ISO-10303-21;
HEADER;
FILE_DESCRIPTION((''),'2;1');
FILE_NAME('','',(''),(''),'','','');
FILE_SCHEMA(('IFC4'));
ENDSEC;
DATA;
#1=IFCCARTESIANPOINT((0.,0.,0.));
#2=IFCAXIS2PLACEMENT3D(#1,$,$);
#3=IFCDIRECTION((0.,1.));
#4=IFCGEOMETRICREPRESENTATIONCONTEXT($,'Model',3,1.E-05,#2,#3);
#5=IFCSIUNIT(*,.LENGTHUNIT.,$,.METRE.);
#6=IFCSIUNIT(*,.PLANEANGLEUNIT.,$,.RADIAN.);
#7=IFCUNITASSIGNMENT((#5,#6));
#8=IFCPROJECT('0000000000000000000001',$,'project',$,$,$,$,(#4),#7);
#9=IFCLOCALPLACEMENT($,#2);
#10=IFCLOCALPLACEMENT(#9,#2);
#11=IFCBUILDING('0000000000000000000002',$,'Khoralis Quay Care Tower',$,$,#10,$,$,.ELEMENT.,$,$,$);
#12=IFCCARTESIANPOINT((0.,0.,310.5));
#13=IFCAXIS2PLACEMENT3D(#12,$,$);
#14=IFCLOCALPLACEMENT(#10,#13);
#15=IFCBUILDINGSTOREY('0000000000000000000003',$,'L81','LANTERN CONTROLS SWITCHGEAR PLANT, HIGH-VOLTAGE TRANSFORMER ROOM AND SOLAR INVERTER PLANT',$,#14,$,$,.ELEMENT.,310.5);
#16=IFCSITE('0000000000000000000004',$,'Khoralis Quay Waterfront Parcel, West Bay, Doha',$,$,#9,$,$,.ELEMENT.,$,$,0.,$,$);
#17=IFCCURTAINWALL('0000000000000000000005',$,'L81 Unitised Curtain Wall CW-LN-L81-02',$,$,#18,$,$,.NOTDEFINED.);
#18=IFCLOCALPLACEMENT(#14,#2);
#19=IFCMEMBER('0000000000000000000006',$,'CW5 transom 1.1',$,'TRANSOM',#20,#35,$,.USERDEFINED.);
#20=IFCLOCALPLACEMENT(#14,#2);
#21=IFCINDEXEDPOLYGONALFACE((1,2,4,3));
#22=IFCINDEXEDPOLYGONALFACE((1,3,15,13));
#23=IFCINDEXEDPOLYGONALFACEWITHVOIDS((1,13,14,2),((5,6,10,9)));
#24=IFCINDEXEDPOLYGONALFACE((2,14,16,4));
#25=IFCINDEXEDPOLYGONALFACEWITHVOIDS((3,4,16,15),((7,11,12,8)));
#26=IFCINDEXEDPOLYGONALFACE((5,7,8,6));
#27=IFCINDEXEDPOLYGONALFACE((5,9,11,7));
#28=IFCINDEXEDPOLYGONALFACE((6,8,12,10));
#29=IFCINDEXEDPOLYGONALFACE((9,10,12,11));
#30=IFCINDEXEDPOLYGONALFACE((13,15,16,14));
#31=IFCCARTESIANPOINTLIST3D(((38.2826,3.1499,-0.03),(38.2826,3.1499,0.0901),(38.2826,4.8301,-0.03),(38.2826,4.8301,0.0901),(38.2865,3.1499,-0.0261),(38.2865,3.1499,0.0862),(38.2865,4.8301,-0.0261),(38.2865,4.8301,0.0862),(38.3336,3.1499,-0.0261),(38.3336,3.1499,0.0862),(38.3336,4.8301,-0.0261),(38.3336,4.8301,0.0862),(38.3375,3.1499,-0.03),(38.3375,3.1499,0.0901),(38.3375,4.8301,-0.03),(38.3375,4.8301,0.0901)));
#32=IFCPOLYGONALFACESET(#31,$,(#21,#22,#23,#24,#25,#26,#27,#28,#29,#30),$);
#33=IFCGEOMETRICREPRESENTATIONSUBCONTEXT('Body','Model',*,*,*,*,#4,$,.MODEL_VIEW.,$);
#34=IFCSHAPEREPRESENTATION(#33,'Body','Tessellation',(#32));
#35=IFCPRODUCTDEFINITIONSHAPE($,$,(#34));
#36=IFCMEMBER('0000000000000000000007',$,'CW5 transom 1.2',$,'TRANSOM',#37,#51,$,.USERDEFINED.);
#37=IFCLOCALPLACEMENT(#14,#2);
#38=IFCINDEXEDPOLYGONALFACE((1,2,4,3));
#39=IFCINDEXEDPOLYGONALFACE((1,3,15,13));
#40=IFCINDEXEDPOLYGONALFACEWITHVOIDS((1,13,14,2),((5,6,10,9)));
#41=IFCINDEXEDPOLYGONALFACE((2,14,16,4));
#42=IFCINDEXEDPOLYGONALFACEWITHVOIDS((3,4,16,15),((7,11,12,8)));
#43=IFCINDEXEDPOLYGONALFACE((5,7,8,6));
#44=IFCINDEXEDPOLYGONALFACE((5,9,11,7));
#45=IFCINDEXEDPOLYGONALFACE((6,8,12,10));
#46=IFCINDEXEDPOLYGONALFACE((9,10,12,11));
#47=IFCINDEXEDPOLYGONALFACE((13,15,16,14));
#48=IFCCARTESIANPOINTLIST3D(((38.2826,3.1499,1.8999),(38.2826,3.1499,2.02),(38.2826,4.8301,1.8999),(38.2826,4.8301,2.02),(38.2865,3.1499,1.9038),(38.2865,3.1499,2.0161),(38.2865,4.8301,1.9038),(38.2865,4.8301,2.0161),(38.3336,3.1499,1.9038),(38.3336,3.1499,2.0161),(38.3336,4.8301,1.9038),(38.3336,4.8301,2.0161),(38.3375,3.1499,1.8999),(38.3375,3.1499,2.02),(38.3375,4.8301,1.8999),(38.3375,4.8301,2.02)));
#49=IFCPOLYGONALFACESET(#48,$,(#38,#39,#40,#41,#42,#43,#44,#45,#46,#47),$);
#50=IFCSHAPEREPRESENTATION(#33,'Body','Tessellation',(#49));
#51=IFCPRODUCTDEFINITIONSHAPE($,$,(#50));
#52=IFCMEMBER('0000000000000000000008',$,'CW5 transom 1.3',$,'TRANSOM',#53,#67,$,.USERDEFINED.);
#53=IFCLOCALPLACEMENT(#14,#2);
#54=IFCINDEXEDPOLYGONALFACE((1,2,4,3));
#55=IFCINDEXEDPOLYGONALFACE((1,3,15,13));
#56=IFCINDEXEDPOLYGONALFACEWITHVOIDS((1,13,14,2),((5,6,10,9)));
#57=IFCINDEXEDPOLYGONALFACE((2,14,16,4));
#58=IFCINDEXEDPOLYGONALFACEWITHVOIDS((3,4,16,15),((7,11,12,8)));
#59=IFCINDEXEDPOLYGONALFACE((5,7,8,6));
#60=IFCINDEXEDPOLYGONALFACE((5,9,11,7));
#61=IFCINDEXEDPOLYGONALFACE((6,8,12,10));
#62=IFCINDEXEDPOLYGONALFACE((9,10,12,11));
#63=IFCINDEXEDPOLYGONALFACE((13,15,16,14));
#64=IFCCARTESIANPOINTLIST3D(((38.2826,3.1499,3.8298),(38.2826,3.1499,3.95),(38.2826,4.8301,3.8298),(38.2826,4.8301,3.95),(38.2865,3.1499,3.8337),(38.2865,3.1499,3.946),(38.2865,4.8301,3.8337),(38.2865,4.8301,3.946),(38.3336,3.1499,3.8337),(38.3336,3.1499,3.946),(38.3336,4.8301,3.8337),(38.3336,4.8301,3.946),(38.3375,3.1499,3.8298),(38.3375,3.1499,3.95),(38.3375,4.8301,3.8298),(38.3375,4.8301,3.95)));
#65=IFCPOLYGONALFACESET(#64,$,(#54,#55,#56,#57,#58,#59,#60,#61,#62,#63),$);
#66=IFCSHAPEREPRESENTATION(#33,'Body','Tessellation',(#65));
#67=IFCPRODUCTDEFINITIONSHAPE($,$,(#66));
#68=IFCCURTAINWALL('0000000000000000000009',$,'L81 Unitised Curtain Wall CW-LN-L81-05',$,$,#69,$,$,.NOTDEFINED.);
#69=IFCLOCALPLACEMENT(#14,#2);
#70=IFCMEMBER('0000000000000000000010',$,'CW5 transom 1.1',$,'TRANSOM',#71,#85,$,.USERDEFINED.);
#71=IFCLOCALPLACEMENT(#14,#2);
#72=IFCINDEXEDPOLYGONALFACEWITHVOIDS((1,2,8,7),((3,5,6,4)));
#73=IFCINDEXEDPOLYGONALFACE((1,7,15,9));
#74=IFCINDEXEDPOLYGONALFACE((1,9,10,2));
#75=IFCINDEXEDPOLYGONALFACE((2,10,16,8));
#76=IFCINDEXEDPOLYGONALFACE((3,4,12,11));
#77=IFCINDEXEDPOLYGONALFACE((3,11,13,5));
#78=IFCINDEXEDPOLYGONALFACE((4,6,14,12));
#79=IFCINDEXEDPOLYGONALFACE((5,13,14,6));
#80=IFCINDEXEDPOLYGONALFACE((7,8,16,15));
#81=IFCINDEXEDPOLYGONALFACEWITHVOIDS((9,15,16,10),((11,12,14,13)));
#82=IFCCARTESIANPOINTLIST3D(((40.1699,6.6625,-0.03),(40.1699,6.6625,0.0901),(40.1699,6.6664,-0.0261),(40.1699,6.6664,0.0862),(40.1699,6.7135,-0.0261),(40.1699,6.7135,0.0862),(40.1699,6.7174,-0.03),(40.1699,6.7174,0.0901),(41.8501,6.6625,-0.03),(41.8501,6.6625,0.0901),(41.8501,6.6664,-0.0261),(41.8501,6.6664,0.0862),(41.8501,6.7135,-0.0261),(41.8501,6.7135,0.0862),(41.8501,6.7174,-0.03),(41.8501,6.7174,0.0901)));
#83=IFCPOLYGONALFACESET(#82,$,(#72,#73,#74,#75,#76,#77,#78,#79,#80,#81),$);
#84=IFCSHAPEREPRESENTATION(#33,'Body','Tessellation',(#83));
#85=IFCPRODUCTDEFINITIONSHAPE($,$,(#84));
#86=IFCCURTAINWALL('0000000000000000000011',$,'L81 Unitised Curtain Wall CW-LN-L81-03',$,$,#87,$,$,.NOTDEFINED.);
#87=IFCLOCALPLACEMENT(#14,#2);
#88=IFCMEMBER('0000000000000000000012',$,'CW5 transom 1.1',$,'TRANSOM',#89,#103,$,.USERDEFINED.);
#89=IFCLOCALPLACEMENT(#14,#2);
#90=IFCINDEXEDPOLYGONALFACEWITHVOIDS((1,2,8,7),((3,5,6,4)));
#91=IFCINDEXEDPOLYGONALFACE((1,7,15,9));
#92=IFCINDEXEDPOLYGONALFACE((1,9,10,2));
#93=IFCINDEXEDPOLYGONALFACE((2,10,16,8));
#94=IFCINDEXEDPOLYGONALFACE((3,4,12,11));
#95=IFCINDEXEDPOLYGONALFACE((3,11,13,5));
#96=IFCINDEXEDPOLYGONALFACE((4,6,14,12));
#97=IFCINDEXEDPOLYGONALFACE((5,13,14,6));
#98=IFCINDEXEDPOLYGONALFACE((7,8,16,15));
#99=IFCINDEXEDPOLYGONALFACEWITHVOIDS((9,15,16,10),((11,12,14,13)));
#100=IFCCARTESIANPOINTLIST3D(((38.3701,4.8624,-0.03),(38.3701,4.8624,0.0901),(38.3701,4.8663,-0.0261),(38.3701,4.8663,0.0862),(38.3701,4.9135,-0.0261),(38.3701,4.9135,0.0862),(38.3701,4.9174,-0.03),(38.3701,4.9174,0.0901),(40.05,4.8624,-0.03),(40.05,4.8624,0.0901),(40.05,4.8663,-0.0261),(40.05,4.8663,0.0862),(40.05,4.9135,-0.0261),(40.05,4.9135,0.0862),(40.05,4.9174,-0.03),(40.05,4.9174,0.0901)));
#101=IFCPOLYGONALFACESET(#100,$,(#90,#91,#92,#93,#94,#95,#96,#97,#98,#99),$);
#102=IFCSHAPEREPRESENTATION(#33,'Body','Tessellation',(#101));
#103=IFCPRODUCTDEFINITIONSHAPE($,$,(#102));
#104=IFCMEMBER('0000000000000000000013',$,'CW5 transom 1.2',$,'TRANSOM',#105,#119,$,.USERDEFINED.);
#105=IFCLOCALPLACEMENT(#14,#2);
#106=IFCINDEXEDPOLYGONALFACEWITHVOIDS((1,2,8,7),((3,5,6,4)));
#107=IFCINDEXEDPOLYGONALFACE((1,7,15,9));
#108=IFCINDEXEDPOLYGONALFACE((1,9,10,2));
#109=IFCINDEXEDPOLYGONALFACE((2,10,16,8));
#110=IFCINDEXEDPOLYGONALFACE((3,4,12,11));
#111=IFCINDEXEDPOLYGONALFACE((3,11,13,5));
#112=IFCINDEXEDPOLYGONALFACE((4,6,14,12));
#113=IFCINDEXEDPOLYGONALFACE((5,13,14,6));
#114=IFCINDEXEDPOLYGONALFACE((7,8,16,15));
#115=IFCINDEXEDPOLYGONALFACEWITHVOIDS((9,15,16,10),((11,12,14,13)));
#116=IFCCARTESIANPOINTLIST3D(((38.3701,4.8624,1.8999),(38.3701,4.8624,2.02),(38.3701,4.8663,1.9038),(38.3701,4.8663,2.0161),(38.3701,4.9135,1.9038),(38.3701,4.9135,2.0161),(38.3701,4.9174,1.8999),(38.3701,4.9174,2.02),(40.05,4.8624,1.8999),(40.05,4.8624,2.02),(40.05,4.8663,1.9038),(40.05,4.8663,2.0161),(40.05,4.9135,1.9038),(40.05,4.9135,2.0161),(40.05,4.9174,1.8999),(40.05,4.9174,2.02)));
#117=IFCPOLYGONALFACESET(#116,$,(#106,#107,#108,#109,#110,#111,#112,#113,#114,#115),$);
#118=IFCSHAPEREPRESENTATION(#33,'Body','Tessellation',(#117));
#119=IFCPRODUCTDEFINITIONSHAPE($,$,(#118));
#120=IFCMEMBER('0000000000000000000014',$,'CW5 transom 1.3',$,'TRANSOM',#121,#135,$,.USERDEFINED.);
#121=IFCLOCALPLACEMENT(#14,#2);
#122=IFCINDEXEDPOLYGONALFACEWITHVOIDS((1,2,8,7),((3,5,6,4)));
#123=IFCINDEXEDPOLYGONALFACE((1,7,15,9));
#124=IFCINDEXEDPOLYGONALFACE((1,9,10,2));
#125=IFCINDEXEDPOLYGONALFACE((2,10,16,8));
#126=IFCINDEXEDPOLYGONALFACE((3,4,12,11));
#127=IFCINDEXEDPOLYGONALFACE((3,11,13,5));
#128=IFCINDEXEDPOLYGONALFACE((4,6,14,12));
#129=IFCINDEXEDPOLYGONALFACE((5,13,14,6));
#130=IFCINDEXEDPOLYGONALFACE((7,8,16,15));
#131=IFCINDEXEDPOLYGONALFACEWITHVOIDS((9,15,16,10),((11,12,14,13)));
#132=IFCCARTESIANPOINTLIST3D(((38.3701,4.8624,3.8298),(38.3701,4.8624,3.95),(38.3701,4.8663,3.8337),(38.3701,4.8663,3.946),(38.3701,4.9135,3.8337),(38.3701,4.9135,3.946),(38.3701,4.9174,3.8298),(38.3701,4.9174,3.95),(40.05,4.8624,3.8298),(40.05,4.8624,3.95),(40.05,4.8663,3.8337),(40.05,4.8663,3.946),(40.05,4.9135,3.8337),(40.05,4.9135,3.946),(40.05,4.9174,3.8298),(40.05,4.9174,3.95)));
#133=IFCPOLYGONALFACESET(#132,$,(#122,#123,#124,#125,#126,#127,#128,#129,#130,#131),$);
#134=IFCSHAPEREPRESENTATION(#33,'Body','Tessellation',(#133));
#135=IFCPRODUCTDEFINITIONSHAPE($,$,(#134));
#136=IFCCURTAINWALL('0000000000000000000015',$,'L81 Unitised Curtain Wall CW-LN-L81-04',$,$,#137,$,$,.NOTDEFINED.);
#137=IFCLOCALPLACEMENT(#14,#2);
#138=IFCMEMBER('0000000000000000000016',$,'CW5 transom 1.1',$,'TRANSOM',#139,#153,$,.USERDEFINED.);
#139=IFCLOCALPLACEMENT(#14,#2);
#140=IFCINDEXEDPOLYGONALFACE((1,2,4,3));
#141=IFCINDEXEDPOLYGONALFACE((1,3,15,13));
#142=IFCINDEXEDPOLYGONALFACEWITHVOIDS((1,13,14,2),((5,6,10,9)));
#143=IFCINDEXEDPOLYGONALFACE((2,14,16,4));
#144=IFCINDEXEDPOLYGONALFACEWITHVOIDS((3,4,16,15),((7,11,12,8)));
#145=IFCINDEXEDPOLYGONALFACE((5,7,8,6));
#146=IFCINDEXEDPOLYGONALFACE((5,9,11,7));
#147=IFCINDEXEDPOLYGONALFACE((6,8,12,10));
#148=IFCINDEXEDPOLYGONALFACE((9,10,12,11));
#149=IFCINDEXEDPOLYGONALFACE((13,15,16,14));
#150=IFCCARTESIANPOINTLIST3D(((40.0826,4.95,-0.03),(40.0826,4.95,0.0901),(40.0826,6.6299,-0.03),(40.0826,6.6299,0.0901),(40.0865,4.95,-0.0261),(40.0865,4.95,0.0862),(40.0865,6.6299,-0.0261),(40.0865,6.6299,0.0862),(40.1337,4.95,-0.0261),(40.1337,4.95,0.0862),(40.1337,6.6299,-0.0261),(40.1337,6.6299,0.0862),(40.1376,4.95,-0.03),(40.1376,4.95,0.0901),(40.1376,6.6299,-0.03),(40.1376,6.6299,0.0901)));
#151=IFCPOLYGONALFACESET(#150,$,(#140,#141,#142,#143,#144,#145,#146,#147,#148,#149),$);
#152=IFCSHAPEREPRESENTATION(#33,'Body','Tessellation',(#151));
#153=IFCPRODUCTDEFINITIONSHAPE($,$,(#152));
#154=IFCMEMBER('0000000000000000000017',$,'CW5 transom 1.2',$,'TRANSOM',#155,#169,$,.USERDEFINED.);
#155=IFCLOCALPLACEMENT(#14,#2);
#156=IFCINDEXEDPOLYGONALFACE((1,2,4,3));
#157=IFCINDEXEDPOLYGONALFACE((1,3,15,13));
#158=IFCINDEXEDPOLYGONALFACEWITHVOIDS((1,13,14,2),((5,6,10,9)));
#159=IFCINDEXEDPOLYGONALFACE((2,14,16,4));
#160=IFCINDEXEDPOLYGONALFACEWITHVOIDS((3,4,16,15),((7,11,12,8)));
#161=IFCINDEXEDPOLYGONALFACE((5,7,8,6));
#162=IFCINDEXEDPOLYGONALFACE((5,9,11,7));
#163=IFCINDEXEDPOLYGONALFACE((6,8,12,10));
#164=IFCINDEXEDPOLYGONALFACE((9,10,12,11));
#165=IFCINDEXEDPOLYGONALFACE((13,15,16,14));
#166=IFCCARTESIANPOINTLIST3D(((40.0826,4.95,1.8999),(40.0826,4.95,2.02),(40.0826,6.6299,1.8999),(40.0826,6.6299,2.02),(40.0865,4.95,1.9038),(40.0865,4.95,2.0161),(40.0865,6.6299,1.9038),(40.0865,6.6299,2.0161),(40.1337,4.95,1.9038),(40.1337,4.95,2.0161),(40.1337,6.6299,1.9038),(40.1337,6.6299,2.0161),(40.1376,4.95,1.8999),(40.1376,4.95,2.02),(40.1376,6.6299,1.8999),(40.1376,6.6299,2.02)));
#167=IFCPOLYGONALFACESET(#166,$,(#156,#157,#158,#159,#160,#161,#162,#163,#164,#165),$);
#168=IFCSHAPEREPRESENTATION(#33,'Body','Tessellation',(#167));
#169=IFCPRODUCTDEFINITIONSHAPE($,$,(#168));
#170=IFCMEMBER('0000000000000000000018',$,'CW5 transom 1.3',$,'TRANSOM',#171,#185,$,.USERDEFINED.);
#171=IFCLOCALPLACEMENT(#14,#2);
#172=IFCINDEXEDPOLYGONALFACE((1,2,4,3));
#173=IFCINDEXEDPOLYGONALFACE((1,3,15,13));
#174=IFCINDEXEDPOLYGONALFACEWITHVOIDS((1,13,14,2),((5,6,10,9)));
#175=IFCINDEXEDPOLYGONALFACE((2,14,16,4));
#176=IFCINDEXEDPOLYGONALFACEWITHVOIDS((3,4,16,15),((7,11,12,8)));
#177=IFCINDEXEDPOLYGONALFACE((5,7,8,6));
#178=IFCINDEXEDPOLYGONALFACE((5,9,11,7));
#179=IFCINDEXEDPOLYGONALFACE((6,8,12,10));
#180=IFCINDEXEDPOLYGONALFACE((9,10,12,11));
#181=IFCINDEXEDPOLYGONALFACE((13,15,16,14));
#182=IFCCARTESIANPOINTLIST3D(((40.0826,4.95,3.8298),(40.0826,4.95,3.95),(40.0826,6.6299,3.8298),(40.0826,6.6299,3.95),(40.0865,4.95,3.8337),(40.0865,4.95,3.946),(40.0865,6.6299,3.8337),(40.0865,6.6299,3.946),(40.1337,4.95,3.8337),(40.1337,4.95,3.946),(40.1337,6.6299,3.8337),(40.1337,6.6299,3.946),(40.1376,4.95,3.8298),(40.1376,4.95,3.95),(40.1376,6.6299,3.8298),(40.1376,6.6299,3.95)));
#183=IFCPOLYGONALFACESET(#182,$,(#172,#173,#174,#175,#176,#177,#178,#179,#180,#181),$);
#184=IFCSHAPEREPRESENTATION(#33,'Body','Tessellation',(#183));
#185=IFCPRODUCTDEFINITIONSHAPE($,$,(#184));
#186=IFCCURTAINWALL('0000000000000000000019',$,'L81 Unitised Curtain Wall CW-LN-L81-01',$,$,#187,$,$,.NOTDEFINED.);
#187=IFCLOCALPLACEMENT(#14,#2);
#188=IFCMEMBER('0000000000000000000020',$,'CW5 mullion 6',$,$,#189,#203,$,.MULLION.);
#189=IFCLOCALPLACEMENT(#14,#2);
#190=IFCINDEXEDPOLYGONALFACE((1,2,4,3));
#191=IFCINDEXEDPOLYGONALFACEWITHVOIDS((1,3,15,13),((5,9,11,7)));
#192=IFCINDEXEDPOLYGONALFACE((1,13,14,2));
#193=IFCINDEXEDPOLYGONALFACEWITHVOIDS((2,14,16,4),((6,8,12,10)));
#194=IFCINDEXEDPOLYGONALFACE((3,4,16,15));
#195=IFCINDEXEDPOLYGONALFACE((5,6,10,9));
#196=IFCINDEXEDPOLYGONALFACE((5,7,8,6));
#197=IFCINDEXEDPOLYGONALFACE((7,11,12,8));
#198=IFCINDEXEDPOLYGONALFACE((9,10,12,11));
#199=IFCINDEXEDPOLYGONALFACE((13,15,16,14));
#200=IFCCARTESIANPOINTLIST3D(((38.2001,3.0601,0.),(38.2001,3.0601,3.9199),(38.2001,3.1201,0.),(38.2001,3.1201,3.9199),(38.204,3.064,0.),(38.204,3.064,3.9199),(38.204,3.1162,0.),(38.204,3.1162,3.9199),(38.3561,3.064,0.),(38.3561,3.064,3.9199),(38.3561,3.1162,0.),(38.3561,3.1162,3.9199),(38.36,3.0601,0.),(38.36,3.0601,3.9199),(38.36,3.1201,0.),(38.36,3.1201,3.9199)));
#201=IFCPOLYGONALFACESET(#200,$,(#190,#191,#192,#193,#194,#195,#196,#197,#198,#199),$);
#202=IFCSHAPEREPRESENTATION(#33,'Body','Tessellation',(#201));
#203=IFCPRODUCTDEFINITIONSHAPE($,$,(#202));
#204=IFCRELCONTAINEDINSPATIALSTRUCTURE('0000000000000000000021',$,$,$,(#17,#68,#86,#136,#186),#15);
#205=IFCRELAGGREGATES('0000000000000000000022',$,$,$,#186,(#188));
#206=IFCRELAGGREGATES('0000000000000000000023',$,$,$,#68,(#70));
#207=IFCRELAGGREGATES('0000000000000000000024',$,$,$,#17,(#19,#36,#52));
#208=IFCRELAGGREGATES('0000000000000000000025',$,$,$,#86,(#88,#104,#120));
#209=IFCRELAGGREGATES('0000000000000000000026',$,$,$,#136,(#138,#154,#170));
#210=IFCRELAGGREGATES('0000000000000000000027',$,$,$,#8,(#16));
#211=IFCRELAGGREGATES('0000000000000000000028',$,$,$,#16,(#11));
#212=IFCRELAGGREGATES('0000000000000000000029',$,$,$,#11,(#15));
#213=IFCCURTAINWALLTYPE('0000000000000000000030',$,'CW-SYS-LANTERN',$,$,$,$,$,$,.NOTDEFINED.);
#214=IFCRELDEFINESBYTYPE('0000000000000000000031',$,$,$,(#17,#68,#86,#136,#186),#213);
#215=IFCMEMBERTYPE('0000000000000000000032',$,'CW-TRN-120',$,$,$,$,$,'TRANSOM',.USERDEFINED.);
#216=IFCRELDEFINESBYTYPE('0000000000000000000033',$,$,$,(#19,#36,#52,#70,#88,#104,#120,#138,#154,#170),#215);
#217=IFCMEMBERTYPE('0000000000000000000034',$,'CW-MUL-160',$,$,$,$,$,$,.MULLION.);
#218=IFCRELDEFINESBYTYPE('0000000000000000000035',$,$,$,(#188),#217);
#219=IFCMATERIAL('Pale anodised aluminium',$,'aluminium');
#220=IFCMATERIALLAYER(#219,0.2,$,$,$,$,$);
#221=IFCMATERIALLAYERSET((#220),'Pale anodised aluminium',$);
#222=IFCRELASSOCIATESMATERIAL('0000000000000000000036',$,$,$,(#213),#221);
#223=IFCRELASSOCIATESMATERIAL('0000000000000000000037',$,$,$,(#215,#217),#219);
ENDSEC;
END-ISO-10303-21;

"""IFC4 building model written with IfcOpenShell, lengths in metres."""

from ifc_helpers import new_model, si_unit, direction, frame, origin, origin_2d, place, context, subcontext, project, spatial, hollow_rectangle, extrude, source, transform, mapped, material, layer, layer_set, material_profile, profile_set, type_object, element, aggregate, save


model = new_model("IFC4")

# Units and contexts
model_context = context("Model", 3, precision=1e-05, world=origin(), true_north=direction((0.0, 1.0)))
body_context = subcontext(model_context, "Body", "Model", "MODEL_VIEW")
ifc_project = project(units=[si_unit("LENGTHUNIT", "METRE"), si_unit("PLANEANGLEUNIT", "RADIAN")], contexts=[model_context])

# Site, building, storey
site_placement = place(None, origin())
site = spatial("IfcSite", under=ifc_project, at=site_placement, Name="Khoralis Quay Waterfront Parcel, West Bay, Doha", CompositionType="ELEMENT", RefElevation=0.0)
building_placement = place(site_placement, origin())
building = spatial("IfcBuilding", under=site, at=building_placement, Name="Khoralis Quay Care Tower", CompositionType="ELEMENT")
storey_placement = place(building_placement, frame((0.0, 0.0, 310.5)))
storey = spatial("IfcBuildingStorey", under=building, at=storey_placement, Name="L81", Description="LANTERN CONTROLS SWITCHGEAR PLANT, HIGH-VOLTAGE TRANSFORMER ROOM AND SOLAR INVERTER PLANT", CompositionType="ELEMENT", Elevation=310.5)

# Curtain wall, members
ifc_material_1 = material(Name="Pale anodised aluminium", Category="aluminium")
ifc_layer_1 = layer(ifc_material_1, 0.2)
ifc_layer_set_1 = layer_set([ifc_layer_1], Name="Pale anodised aluminium")
curtain_wall_type = type_object("IfcCurtainWallType", Name="CW-SYS-LANTERN", PredefinedType="NOTDEFINED", material=ifc_layer_set_1)
curtain_wall_1_placement = place(storey_placement, origin())
curtain_wall_1 = element("IfcCurtainWall", 1, at=curtain_wall_1_placement, inside=storey, type_object=curtain_wall_type, Name="L81 Unitised Curtain Wall CW-LN-L81-02", PredefinedType="NOTDEFINED")
ifc_material_profile_1 = material_profile(ifc_material_1, hollow_rectangle(XDim=0.0549, YDim=0.1201, WallThickness=0.0039, at=origin_2d()), Name="Pale anodised aluminium")
ifc_profile_set_1 = profile_set([ifc_material_profile_1], Name="Pale anodised aluminium")
member_type_1 = type_object("IfcMemberType", Name="CW-TRN-120", ElementType="TRANSOM", PredefinedType="USERDEFINED", material=ifc_profile_set_1)
shared_shape_1 = source(origin(), body_context, "Body", "SweptSolid", [
    extrude(hollow_rectangle(XDim=0.0549, YDim=0.1201, WallThickness=0.0039, at=origin_2d()), origin(), (0.0, 0.0, 1.0), 1.6802),
])
member_1_placement = place(storey_placement, frame((38.3101, 3.1499, 0.03), z_axis=(0.0, 1.0, 0.0), x_axis=(-1.0, 0.0, 0.0)))
member_1 = element("IfcMember", 2, at=member_1_placement, type_object=member_type_1, Name="CW5 transom 1.1", ObjectType="TRANSOM", PredefinedType="USERDEFINED", context=body_context, shape_type="MappedRepresentation", body=[
    mapped(shared_shape_1, transform((0.0, 0.0, 0.0), scale=1.0)),
])
member_2_placement = place(storey_placement, frame((38.3101, 3.1499, 1.96), z_axis=(0.0, 1.0, 0.0), x_axis=(-1.0, 0.0, 0.0)))
member_2 = element("IfcMember", 3, at=member_2_placement, type_object=member_type_1, Name="CW5 transom 1.2", ObjectType="TRANSOM", PredefinedType="USERDEFINED", context=body_context, shape_type="MappedRepresentation", body=[
    mapped(shared_shape_1, transform((0.0, 0.0, 0.0), scale=1.0)),
])
member_3_placement = place(storey_placement, frame((38.3101, 3.1499, 3.8899), z_axis=(0.0, 1.0, 0.0), x_axis=(-1.0, 0.0, 0.0)))
member_3 = element("IfcMember", 4, at=member_3_placement, type_object=member_type_1, Name="CW5 transom 1.3", ObjectType="TRANSOM", PredefinedType="USERDEFINED", context=body_context, shape_type="MappedRepresentation", body=[
    mapped(shared_shape_1, transform((0.0, 0.0, 0.0), scale=1.0)),
])

# Curtain wall, member
curtain_wall_2_placement = place(storey_placement, origin())
curtain_wall_2 = element("IfcCurtainWall", 5, at=curtain_wall_2_placement, inside=storey, type_object=curtain_wall_type, Name="L81 Unitised Curtain Wall CW-LN-L81-05", PredefinedType="NOTDEFINED")
member_4_placement = place(storey_placement, frame((40.1699, 6.6899, 0.03), z_axis=(1.0, 0.0, 0.0), x_axis=(0.0, 1.0, 0.0)))
member_4 = element("IfcMember", 6, at=member_4_placement, type_object=member_type_1, Name="CW5 transom 1.1", ObjectType="TRANSOM", PredefinedType="USERDEFINED", context=body_context, shape_type="MappedRepresentation", body=[
    mapped(shared_shape_1, transform((0.0, 0.0, 0.0), scale=1.0)),
])

# Curtain walls, members
curtain_wall_3_placement = place(storey_placement, origin())
curtain_wall_3 = element("IfcCurtainWall", 7, at=curtain_wall_3_placement, inside=storey, type_object=curtain_wall_type, Name="L81 Unitised Curtain Wall CW-LN-L81-03", PredefinedType="NOTDEFINED")
shared_shape_2 = source(origin(), body_context, "Body", "SweptSolid", [
    extrude(hollow_rectangle(XDim=0.0549, YDim=0.1201, WallThickness=0.0039, at=origin_2d()), origin(), (0.0, 0.0, 1.0), 1.6799),
])
member_5_placement = place(storey_placement, frame((38.3701, 4.8899, 0.03), z_axis=(1.0, 0.0, 0.0), x_axis=(0.0, 1.0, 0.0)))
member_5 = element("IfcMember", 8, at=member_5_placement, type_object=member_type_1, Name="CW5 transom 1.1", ObjectType="TRANSOM", PredefinedType="USERDEFINED", context=body_context, shape_type="MappedRepresentation", body=[
    mapped(shared_shape_2, transform((0.0, 0.0, 0.0), scale=1.0)),
])
member_6_placement = place(storey_placement, frame((38.3701, 4.8899, 1.96), z_axis=(1.0, 0.0, 0.0), x_axis=(0.0, 1.0, 0.0)))
member_6 = element("IfcMember", 9, at=member_6_placement, type_object=member_type_1, Name="CW5 transom 1.2", ObjectType="TRANSOM", PredefinedType="USERDEFINED", context=body_context, shape_type="MappedRepresentation", body=[
    mapped(shared_shape_2, transform((0.0, 0.0, 0.0), scale=1.0)),
])
member_7_placement = place(storey_placement, frame((38.3701, 4.8899, 3.8899), z_axis=(1.0, 0.0, 0.0), x_axis=(0.0, 1.0, 0.0)))
member_7 = element("IfcMember", 10, at=member_7_placement, type_object=member_type_1, Name="CW5 transom 1.3", ObjectType="TRANSOM", PredefinedType="USERDEFINED", context=body_context, shape_type="MappedRepresentation", body=[
    mapped(shared_shape_2, transform((0.0, 0.0, 0.0), scale=1.0)),
])
curtain_wall_4_placement = place(storey_placement, origin())
curtain_wall_4 = element("IfcCurtainWall", 11, at=curtain_wall_4_placement, inside=storey, type_object=curtain_wall_type, Name="L81 Unitised Curtain Wall CW-LN-L81-04", PredefinedType="NOTDEFINED")
member_8_placement = place(storey_placement, frame((40.1101, 4.95, 0.03), z_axis=(0.0, 1.0, 0.0), x_axis=(-1.0, 0.0, 0.0)))
member_8 = element("IfcMember", 12, at=member_8_placement, type_object=member_type_1, Name="CW5 transom 1.1", ObjectType="TRANSOM", PredefinedType="USERDEFINED", context=body_context, shape_type="MappedRepresentation", body=[
    mapped(shared_shape_2, transform((0.0, 0.0, 0.0), scale=1.0)),
])
member_9_placement = place(storey_placement, frame((40.1101, 4.95, 1.96), z_axis=(0.0, 1.0, 0.0), x_axis=(-1.0, 0.0, 0.0)))
member_9 = element("IfcMember", 13, at=member_9_placement, type_object=member_type_1, Name="CW5 transom 1.2", ObjectType="TRANSOM", PredefinedType="USERDEFINED", context=body_context, shape_type="MappedRepresentation", body=[
    mapped(shared_shape_2, transform((0.0, 0.0, 0.0), scale=1.0)),
])
member_10_placement = place(storey_placement, frame((40.1101, 4.95, 3.8899), z_axis=(0.0, 1.0, 0.0), x_axis=(-1.0, 0.0, 0.0)))
member_10 = element("IfcMember", 14, at=member_10_placement, type_object=member_type_1, Name="CW5 transom 1.3", ObjectType="TRANSOM", PredefinedType="USERDEFINED", context=body_context, shape_type="MappedRepresentation", body=[
    mapped(shared_shape_2, transform((0.0, 0.0, 0.0), scale=1.0)),
])

# Curtain wall, member
curtain_wall_5_placement = place(storey_placement, origin())
curtain_wall_5 = element("IfcCurtainWall", 15, at=curtain_wall_5_placement, inside=storey, type_object=curtain_wall_type, Name="L81 Unitised Curtain Wall CW-LN-L81-01", PredefinedType="NOTDEFINED")
ifc_material_profile_2 = material_profile(ifc_material_1, hollow_rectangle(XDim=0.0601, YDim=0.1599, WallThickness=0.0039, at=origin_2d()), Name="Pale anodised aluminium")
ifc_profile_set_2 = profile_set([ifc_material_profile_2], Name="Pale anodised aluminium")
member_type_2 = type_object("IfcMemberType", Name="CW-MUL-160", PredefinedType="MULLION", material=ifc_profile_set_2)
shared_shape_3 = source(origin(), body_context, "Body", "SweptSolid", [
    extrude(hollow_rectangle(XDim=0.0601, YDim=0.1599, WallThickness=0.0039, at=origin_2d()), origin(), (0.0, 0.0, 1.0), 3.9199),
])
member_11_placement = place(storey_placement, frame((38.28, 3.0901, 0.0), z_axis=(0.0, 0.0, 1.0), x_axis=(0.0, 1.0, 0.0)))
member_11 = element("IfcMember", 16, at=member_11_placement, type_object=member_type_2, Name="CW5 mullion 6", PredefinedType="MULLION", context=body_context, shape_type="MappedRepresentation", body=[
    mapped(shared_shape_3, transform((0.0, 0.0, 0.0), scale=1.0)),
])
aggregate(curtain_wall_5, [member_11])

aggregate(curtain_wall_2, [member_4])

aggregate(curtain_wall_1, [member_1, member_2, member_3])
aggregate(curtain_wall_3, [member_5, member_6, member_7])
aggregate(curtain_wall_4, [member_8, member_9, member_10])

save(model, "model.ifc")
